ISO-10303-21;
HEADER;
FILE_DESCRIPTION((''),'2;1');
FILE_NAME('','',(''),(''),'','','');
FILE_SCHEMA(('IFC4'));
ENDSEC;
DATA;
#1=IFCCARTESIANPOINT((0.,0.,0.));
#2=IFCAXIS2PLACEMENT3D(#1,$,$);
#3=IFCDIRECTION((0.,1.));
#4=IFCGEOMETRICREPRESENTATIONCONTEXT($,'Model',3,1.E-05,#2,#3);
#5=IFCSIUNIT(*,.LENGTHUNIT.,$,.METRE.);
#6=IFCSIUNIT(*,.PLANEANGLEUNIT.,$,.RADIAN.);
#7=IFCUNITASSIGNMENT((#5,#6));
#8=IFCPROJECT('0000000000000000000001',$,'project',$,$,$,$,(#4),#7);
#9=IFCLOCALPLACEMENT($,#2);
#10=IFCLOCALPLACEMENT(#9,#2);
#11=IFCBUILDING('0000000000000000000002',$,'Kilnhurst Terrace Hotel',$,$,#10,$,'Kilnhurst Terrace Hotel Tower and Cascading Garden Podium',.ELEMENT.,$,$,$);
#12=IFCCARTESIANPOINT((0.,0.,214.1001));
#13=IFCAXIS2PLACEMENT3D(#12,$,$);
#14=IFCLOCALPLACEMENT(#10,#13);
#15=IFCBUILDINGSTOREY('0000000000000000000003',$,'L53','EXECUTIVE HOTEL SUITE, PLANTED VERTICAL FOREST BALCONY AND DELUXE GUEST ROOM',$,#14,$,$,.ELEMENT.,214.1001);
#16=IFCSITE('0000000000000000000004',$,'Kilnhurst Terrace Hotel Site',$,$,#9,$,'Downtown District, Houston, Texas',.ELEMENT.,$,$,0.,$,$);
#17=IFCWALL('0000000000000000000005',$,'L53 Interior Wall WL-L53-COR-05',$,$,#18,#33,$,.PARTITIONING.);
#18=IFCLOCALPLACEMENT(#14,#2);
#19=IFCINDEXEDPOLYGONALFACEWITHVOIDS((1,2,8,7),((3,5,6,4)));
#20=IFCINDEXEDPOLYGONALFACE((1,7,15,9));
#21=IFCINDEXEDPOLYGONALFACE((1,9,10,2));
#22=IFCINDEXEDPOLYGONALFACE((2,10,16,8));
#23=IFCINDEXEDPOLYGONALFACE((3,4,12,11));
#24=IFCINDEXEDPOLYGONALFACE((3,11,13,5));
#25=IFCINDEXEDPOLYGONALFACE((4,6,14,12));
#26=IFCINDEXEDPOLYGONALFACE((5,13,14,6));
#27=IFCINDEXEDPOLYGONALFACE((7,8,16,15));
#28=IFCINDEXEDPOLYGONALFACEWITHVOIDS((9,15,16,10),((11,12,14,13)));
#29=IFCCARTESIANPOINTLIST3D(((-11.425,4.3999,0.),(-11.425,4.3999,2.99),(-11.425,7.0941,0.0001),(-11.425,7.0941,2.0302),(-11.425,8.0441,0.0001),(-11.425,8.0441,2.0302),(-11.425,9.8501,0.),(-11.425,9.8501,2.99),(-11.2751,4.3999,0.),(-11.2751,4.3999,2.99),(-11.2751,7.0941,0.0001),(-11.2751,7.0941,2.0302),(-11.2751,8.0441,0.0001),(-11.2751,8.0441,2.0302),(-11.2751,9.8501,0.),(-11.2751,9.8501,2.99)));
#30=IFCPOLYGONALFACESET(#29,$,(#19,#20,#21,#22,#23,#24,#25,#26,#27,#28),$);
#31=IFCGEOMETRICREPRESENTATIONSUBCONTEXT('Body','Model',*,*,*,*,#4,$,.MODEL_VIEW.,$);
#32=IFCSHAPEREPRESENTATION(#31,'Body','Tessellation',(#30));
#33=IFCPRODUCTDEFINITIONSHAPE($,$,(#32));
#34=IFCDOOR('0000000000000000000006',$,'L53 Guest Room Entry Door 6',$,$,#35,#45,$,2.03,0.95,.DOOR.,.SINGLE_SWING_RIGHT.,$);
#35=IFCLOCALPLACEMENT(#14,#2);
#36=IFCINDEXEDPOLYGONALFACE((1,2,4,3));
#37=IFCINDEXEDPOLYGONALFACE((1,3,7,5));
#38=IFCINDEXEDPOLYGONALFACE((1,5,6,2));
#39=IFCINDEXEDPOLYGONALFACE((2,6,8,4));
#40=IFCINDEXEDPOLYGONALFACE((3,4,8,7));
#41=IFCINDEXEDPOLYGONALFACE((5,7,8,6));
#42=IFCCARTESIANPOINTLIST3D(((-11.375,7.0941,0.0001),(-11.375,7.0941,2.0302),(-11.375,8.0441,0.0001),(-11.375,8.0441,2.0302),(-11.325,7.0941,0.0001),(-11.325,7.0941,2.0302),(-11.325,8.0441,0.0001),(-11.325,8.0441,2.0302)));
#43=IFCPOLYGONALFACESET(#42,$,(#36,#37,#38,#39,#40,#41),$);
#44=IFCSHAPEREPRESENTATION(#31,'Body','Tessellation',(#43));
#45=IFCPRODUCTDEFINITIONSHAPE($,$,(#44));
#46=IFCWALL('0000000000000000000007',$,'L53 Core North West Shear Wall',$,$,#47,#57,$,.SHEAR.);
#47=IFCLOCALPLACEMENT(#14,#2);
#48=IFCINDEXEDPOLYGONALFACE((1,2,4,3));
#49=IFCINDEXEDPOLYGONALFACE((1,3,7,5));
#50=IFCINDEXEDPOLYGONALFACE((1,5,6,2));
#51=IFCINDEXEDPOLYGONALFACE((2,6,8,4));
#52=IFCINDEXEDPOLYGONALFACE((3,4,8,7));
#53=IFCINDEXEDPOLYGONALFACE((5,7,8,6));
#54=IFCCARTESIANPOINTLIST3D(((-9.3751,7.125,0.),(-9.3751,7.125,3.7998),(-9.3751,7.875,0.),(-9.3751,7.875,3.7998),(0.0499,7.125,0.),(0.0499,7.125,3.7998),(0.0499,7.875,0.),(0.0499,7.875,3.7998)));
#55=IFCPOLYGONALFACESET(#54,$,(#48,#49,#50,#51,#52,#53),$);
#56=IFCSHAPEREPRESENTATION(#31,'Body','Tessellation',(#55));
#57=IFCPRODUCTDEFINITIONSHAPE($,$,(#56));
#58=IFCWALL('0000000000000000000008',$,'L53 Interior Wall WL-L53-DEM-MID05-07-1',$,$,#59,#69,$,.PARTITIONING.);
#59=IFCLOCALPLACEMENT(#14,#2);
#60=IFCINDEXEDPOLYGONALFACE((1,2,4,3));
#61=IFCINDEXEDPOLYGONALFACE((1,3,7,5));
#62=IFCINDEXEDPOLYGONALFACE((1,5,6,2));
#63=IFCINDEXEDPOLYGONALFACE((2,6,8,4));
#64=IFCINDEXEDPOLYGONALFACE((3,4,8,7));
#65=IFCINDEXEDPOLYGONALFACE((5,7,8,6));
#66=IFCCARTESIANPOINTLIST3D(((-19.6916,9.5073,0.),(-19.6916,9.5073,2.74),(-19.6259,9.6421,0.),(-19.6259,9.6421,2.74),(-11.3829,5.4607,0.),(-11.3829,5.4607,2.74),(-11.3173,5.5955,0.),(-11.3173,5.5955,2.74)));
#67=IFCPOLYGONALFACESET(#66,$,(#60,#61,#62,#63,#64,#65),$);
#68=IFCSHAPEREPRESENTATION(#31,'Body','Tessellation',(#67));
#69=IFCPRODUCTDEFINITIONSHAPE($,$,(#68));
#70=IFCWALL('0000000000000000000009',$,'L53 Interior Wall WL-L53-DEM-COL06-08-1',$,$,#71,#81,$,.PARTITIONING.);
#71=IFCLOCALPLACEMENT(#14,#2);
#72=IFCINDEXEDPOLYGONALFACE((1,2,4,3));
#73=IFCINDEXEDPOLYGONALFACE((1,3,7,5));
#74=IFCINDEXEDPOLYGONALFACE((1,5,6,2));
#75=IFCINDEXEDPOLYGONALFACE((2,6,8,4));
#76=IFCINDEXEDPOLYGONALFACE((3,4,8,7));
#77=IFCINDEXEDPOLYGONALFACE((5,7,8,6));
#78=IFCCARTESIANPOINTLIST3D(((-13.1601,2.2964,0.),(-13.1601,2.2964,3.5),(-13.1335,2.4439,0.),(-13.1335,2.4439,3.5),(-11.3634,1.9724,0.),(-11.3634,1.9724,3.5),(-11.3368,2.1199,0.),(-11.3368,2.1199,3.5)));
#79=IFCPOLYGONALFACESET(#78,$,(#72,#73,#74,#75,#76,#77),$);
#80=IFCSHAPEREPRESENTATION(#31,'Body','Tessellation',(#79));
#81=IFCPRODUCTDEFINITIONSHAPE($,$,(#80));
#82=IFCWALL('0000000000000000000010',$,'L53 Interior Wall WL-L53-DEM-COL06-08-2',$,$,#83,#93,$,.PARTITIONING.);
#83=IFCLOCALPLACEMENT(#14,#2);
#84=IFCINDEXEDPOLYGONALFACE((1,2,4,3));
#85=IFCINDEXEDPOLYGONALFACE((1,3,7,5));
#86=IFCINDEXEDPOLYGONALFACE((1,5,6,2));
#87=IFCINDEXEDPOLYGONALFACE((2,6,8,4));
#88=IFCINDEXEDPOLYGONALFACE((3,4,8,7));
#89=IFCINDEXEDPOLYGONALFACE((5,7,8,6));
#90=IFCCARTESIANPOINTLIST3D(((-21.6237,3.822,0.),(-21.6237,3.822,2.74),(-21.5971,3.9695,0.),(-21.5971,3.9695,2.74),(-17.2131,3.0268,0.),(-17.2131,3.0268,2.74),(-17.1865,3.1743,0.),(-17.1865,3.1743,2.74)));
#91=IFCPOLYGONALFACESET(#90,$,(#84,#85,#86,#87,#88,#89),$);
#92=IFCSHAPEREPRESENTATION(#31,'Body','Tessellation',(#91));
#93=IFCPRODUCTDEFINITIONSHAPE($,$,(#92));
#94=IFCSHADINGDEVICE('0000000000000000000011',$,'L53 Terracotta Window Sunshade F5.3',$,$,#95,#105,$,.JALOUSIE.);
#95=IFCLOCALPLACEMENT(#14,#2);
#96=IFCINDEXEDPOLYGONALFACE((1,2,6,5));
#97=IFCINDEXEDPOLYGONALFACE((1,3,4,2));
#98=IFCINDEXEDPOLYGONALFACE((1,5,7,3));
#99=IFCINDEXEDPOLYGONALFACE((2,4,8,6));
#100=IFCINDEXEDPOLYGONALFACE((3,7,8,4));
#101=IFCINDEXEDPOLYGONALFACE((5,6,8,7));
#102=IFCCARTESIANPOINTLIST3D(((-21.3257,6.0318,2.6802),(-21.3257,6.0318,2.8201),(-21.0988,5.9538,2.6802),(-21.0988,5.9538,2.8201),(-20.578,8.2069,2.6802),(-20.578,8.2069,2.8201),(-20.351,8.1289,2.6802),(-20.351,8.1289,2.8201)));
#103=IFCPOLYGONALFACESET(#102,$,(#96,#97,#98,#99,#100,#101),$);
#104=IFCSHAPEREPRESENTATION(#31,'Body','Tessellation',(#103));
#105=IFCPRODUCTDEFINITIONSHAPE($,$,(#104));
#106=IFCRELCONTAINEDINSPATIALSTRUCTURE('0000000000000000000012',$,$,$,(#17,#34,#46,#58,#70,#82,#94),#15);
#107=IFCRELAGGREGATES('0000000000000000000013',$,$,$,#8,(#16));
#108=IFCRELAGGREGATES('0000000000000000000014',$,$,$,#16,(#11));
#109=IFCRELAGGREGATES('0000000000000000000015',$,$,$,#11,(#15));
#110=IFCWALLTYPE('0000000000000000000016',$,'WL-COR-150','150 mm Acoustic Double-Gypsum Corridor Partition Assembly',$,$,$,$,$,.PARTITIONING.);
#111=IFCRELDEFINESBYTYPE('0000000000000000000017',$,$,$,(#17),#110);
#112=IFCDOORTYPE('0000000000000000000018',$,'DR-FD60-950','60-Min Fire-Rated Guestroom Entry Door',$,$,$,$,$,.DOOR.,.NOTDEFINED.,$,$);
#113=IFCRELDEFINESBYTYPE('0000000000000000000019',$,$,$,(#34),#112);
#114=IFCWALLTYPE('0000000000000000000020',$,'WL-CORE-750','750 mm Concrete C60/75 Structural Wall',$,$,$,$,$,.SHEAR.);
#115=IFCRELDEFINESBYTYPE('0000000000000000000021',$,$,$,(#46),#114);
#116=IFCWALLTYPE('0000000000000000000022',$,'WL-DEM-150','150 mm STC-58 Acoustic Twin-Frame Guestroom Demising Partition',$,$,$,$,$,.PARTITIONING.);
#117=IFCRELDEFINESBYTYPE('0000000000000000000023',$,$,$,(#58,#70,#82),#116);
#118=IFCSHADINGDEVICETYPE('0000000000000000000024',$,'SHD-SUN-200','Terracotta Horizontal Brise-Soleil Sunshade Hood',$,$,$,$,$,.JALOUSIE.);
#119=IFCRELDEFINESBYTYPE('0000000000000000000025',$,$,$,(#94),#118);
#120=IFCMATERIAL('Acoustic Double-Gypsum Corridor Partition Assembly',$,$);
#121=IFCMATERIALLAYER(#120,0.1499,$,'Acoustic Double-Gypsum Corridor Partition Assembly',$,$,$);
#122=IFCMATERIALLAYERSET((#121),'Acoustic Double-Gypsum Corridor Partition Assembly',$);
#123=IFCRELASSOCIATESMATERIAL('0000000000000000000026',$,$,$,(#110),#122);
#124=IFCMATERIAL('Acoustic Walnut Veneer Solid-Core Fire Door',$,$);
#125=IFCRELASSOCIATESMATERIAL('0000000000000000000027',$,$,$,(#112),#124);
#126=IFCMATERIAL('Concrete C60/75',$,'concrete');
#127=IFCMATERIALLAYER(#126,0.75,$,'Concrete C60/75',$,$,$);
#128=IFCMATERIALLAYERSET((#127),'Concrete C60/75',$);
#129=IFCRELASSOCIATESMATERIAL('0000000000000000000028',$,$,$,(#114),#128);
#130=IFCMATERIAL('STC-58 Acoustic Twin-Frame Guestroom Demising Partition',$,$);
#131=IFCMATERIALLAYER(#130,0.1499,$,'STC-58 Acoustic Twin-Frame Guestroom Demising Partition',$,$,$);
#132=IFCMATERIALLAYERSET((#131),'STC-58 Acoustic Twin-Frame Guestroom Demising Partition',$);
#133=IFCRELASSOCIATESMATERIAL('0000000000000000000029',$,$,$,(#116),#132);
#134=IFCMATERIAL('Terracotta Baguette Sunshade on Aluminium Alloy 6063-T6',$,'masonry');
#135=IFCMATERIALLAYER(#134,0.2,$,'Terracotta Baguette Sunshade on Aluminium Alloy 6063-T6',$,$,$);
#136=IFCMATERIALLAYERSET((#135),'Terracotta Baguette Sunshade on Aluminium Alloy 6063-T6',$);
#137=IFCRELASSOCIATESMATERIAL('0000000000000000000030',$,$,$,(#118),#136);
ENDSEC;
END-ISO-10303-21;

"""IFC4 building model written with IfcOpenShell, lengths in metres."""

from ifc_helpers import new_model, si_unit, direction, frame, frame_2d, origin, origin_2d, place, context, subcontext, project, spatial, rectangle, extrude, material, layer, layer_set, type_object, element, fill, save


model = new_model("IFC4")

# Units and contexts
model_context = context("Model", 3, precision=1e-05, world=origin(), true_north=direction((0.0, 1.0)))
body_context = subcontext(model_context, "Body", "Model", "MODEL_VIEW")
ifc_project = project(units=[si_unit("LENGTHUNIT", "METRE"), si_unit("PLANEANGLEUNIT", "RADIAN")], contexts=[model_context])

# Site, building, storey
site_placement = place(None, origin())
site = spatial("IfcSite", under=ifc_project, at=site_placement, Name="Kilnhurst Terrace Hotel Site", LongName="Downtown District, Houston, Texas", CompositionType="ELEMENT", RefElevation=0.0)
building_placement = place(site_placement, origin())
building = spatial("IfcBuilding", under=site, at=building_placement, Name="Kilnhurst Terrace Hotel", LongName="Kilnhurst Terrace Hotel Tower and Cascading Garden Podium", CompositionType="ELEMENT")
storey_placement = place(building_placement, frame((0.0, 0.0, 214.1001)))
storey = spatial("IfcBuildingStorey", under=building, at=storey_placement, Name="L53", Description="EXECUTIVE HOTEL SUITE, PLANTED VERTICAL FOREST BALCONY AND DELUXE GUEST ROOM", CompositionType="ELEMENT", Elevation=214.1001)

# Shared definitions
ifc_material_1 = material(Name="Concrete C60/75", Category="concrete")

# Shared definitions
ifc_material_2 = material(Name="Acoustic Double-Gypsum Corridor Partition Assembly")
ifc_layer_1 = layer(ifc_material_2, 0.1499, Name="Acoustic Double-Gypsum Corridor Partition Assembly")
ifc_layer_set_1 = layer_set([ifc_layer_1], Name="Acoustic Double-Gypsum Corridor Partition Assembly")
wall_type_1 = type_object("IfcWallType", Name="WL-COR-150", Description="150 mm Acoustic Double-Gypsum Corridor Partition Assembly", PredefinedType="PARTITIONING", material=ifc_layer_set_1)

# Wall, opening, door
wall_1_placement = place(storey_placement, frame((-11.3501, 4.3999, 0.0), z_axis=(0.0, 0.0, 1.0), x_axis=(0.0, 1.0, 0.0)))
wall_1 = element("IfcWall", 1, at=wall_1_placement, inside=storey, type_object=wall_type_1, Name="L53 Interior Wall WL-L53-COR-05", PredefinedType="PARTITIONING", context=body_context, shape_type="SweptSolid", body=[
    extrude(rectangle(XDim=5.4502, YDim=0.1499, at=frame_2d((2.7251, 0.0))), origin(), (0.0, 0.0, 1.0), 2.99),
])
opening_1_placement = place(wall_1_placement, frame((2.6941, 0.0, 0.0)))
opening_1 = element("IfcOpeningElement", 2, at=opening_1_placement, cuts=wall_1, PredefinedType="OPENING", context=body_context, shape_type="SweptSolid", body=[
    extrude(rectangle(XDim=0.95, YDim=2.03, at=frame_2d((0.4751, 1.0151))), frame((0.0, 0.085, 0.0), z_axis=(0.0, -1.0, 0.0), x_axis=(1.0, 0.0, 0.0)), (0.0, 0.0, 1.0), 0.1699),
])
ifc_material_3 = material(Name="Acoustic Walnut Veneer Solid-Core Fire Door")
door_type_1 = type_object("IfcDoorType", Name="DR-FD60-950", Description="60-Min Fire-Rated Guestroom Entry Door", OperationType="NOTDEFINED", PredefinedType="DOOR", material=ifc_material_3)
door_1_placement = place(opening_1_placement, origin())
door_1 = element("IfcDoor", 3, at=door_1_placement, inside=storey, type_object=door_type_1, Name="L53 Guest Room Entry Door 6", OperationType="SINGLE_SWING_RIGHT", OverallHeight=2.03, OverallWidth=0.95, PredefinedType="DOOR", context=body_context, shape_type="SweptSolid", body=[
    extrude(rectangle(XDim=0.95, YDim=2.03, at=frame_2d((0.4751, 1.0151))), frame((0.0, 0.0249, 0.0), z_axis=(0.0, -1.0, 0.0), x_axis=(1.0, 0.0, 0.0)), (0.0, 0.0, 1.0), 0.05),
])
fill(opening_1, door_1)

# Walls
ifc_layer_2 = layer(ifc_material_1, 0.75, Name="Concrete C60/75")
ifc_layer_set_2 = layer_set([ifc_layer_2], Name="Concrete C60/75")
wall_type_2 = type_object("IfcWallType", Name="WL-CORE-750", Description="750 mm Concrete C60/75 Structural Wall", PredefinedType="SHEAR", material=ifc_layer_set_2)
wall_2_placement = place(storey_placement, frame((-9.375, 7.5, 0.0), z_axis=(0.0, 0.0, 1.0), x_axis=(1.0, 0.0, 0.0)))
element("IfcWall", 4, at=wall_2_placement, inside=storey, type_object=wall_type_2, Name="L53 Core North West Shear Wall", PredefinedType="SHEAR", context=body_context, shape_type="SweptSolid", body=[
    extrude(rectangle(XDim=9.425, YDim=0.75, at=frame_2d((4.7124, 0.0))), origin(), (0.0, 0.0, 1.0), 3.7998),
])
ifc_material_4 = material(Name="STC-58 Acoustic Twin-Frame Guestroom Demising Partition")
ifc_layer_3 = layer(ifc_material_4, 0.1499, Name="STC-58 Acoustic Twin-Frame Guestroom Demising Partition")
ifc_layer_set_3 = layer_set([ifc_layer_3], Name="STC-58 Acoustic Twin-Frame Guestroom Demising Partition")
wall_type_3 = type_object("IfcWallType", Name="WL-DEM-150", Description="150 mm STC-58 Acoustic Twin-Frame Guestroom Demising Partition", PredefinedType="PARTITIONING", material=ifc_layer_set_3)
wall_3_placement = place(storey_placement, frame((-11.3501, 5.5281, 0.0), z_axis=(0.0, 0.0, 1.0), x_axis=(-0.899039, 0.437869, 0.0)))
element("IfcWall", 5, at=wall_3_placement, inside=storey, type_object=wall_type_3, Name="L53 Interior Wall WL-L53-DEM-MID05-07-1", PredefinedType="PARTITIONING", context=body_context, shape_type="SweptSolid", body=[
    extrude(rectangle(XDim=9.2417, YDim=0.1499, at=frame_2d((4.6208, 0.0))), origin(), (0.0, 0.0, 1.0), 2.74),
])
wall_4_placement = place(storey_placement, frame((-11.3501, 2.0461, 0.0), z_axis=(0.0, 0.0, 1.0), x_axis=(-0.984128, 0.177461, 0.0)))
element("IfcWall", 6, at=wall_4_placement, inside=storey, type_object=wall_type_3, Name="L53 Interior Wall WL-L53-DEM-COL06-08-1", PredefinedType="PARTITIONING", context=body_context, shape_type="SweptSolid", body=[
    extrude(rectangle(XDim=1.8257, YDim=0.1499, at=frame_2d((0.9128, 0.0))), origin(), (0.0, 0.0, 1.0), 3.5),
])
wall_5_placement = place(storey_placement, frame((-17.2, 3.1006, 0.0), z_axis=(0.0, 0.0, 1.0), x_axis=(-0.984135, 0.177423, 0.0)))
element("IfcWall", 7, at=wall_5_placement, inside=storey, type_object=wall_type_3, Name="L53 Interior Wall WL-L53-DEM-COL06-08-2", PredefinedType="PARTITIONING", context=body_context, shape_type="SweptSolid", body=[
    extrude(rectangle(XDim=4.4817, YDim=0.1499, at=frame_2d((2.2407, 0.0))), origin(), (0.0, 0.0, 1.0), 2.74),
])

# Shading device
ifc_material_5 = material(Name="Terracotta Baguette Sunshade on Aluminium Alloy 6063-T6", Category="masonry")
ifc_layer_4 = layer(ifc_material_5, 0.2, Name="Terracotta Baguette Sunshade on Aluminium Alloy 6063-T6")
ifc_layer_set_4 = layer_set([ifc_layer_4], Name="Terracotta Baguette Sunshade on Aluminium Alloy 6063-T6")
shading_device_type = type_object("IfcShadingDeviceType", Name="SHD-SUN-200", Description="Terracotta Horizontal Brise-Soleil Sunshade Hood", PredefinedType="JALOUSIE", material=ifc_layer_set_4)
shading_device_placement = place(storey_placement, frame((-20.8384, 7.0803, 2.6802), z_axis=(0.0, 0.0, 1.0), x_axis=(-0.32509, -0.945683, 0.0)))
element("IfcShadingDevice", 8, at=shading_device_placement, inside=storey, type_object=shading_device_type, Name="L53 Terracotta Window Sunshade F5.3", PredefinedType="JALOUSIE", context=body_context, shape_type="SweptSolid", body=[
    extrude(rectangle(XDim=2.3, YDim=0.24, at=origin_2d()), origin(), (0.0, 0.0, 1.0), 0.1399),
])

save(model, "model.ifc")
